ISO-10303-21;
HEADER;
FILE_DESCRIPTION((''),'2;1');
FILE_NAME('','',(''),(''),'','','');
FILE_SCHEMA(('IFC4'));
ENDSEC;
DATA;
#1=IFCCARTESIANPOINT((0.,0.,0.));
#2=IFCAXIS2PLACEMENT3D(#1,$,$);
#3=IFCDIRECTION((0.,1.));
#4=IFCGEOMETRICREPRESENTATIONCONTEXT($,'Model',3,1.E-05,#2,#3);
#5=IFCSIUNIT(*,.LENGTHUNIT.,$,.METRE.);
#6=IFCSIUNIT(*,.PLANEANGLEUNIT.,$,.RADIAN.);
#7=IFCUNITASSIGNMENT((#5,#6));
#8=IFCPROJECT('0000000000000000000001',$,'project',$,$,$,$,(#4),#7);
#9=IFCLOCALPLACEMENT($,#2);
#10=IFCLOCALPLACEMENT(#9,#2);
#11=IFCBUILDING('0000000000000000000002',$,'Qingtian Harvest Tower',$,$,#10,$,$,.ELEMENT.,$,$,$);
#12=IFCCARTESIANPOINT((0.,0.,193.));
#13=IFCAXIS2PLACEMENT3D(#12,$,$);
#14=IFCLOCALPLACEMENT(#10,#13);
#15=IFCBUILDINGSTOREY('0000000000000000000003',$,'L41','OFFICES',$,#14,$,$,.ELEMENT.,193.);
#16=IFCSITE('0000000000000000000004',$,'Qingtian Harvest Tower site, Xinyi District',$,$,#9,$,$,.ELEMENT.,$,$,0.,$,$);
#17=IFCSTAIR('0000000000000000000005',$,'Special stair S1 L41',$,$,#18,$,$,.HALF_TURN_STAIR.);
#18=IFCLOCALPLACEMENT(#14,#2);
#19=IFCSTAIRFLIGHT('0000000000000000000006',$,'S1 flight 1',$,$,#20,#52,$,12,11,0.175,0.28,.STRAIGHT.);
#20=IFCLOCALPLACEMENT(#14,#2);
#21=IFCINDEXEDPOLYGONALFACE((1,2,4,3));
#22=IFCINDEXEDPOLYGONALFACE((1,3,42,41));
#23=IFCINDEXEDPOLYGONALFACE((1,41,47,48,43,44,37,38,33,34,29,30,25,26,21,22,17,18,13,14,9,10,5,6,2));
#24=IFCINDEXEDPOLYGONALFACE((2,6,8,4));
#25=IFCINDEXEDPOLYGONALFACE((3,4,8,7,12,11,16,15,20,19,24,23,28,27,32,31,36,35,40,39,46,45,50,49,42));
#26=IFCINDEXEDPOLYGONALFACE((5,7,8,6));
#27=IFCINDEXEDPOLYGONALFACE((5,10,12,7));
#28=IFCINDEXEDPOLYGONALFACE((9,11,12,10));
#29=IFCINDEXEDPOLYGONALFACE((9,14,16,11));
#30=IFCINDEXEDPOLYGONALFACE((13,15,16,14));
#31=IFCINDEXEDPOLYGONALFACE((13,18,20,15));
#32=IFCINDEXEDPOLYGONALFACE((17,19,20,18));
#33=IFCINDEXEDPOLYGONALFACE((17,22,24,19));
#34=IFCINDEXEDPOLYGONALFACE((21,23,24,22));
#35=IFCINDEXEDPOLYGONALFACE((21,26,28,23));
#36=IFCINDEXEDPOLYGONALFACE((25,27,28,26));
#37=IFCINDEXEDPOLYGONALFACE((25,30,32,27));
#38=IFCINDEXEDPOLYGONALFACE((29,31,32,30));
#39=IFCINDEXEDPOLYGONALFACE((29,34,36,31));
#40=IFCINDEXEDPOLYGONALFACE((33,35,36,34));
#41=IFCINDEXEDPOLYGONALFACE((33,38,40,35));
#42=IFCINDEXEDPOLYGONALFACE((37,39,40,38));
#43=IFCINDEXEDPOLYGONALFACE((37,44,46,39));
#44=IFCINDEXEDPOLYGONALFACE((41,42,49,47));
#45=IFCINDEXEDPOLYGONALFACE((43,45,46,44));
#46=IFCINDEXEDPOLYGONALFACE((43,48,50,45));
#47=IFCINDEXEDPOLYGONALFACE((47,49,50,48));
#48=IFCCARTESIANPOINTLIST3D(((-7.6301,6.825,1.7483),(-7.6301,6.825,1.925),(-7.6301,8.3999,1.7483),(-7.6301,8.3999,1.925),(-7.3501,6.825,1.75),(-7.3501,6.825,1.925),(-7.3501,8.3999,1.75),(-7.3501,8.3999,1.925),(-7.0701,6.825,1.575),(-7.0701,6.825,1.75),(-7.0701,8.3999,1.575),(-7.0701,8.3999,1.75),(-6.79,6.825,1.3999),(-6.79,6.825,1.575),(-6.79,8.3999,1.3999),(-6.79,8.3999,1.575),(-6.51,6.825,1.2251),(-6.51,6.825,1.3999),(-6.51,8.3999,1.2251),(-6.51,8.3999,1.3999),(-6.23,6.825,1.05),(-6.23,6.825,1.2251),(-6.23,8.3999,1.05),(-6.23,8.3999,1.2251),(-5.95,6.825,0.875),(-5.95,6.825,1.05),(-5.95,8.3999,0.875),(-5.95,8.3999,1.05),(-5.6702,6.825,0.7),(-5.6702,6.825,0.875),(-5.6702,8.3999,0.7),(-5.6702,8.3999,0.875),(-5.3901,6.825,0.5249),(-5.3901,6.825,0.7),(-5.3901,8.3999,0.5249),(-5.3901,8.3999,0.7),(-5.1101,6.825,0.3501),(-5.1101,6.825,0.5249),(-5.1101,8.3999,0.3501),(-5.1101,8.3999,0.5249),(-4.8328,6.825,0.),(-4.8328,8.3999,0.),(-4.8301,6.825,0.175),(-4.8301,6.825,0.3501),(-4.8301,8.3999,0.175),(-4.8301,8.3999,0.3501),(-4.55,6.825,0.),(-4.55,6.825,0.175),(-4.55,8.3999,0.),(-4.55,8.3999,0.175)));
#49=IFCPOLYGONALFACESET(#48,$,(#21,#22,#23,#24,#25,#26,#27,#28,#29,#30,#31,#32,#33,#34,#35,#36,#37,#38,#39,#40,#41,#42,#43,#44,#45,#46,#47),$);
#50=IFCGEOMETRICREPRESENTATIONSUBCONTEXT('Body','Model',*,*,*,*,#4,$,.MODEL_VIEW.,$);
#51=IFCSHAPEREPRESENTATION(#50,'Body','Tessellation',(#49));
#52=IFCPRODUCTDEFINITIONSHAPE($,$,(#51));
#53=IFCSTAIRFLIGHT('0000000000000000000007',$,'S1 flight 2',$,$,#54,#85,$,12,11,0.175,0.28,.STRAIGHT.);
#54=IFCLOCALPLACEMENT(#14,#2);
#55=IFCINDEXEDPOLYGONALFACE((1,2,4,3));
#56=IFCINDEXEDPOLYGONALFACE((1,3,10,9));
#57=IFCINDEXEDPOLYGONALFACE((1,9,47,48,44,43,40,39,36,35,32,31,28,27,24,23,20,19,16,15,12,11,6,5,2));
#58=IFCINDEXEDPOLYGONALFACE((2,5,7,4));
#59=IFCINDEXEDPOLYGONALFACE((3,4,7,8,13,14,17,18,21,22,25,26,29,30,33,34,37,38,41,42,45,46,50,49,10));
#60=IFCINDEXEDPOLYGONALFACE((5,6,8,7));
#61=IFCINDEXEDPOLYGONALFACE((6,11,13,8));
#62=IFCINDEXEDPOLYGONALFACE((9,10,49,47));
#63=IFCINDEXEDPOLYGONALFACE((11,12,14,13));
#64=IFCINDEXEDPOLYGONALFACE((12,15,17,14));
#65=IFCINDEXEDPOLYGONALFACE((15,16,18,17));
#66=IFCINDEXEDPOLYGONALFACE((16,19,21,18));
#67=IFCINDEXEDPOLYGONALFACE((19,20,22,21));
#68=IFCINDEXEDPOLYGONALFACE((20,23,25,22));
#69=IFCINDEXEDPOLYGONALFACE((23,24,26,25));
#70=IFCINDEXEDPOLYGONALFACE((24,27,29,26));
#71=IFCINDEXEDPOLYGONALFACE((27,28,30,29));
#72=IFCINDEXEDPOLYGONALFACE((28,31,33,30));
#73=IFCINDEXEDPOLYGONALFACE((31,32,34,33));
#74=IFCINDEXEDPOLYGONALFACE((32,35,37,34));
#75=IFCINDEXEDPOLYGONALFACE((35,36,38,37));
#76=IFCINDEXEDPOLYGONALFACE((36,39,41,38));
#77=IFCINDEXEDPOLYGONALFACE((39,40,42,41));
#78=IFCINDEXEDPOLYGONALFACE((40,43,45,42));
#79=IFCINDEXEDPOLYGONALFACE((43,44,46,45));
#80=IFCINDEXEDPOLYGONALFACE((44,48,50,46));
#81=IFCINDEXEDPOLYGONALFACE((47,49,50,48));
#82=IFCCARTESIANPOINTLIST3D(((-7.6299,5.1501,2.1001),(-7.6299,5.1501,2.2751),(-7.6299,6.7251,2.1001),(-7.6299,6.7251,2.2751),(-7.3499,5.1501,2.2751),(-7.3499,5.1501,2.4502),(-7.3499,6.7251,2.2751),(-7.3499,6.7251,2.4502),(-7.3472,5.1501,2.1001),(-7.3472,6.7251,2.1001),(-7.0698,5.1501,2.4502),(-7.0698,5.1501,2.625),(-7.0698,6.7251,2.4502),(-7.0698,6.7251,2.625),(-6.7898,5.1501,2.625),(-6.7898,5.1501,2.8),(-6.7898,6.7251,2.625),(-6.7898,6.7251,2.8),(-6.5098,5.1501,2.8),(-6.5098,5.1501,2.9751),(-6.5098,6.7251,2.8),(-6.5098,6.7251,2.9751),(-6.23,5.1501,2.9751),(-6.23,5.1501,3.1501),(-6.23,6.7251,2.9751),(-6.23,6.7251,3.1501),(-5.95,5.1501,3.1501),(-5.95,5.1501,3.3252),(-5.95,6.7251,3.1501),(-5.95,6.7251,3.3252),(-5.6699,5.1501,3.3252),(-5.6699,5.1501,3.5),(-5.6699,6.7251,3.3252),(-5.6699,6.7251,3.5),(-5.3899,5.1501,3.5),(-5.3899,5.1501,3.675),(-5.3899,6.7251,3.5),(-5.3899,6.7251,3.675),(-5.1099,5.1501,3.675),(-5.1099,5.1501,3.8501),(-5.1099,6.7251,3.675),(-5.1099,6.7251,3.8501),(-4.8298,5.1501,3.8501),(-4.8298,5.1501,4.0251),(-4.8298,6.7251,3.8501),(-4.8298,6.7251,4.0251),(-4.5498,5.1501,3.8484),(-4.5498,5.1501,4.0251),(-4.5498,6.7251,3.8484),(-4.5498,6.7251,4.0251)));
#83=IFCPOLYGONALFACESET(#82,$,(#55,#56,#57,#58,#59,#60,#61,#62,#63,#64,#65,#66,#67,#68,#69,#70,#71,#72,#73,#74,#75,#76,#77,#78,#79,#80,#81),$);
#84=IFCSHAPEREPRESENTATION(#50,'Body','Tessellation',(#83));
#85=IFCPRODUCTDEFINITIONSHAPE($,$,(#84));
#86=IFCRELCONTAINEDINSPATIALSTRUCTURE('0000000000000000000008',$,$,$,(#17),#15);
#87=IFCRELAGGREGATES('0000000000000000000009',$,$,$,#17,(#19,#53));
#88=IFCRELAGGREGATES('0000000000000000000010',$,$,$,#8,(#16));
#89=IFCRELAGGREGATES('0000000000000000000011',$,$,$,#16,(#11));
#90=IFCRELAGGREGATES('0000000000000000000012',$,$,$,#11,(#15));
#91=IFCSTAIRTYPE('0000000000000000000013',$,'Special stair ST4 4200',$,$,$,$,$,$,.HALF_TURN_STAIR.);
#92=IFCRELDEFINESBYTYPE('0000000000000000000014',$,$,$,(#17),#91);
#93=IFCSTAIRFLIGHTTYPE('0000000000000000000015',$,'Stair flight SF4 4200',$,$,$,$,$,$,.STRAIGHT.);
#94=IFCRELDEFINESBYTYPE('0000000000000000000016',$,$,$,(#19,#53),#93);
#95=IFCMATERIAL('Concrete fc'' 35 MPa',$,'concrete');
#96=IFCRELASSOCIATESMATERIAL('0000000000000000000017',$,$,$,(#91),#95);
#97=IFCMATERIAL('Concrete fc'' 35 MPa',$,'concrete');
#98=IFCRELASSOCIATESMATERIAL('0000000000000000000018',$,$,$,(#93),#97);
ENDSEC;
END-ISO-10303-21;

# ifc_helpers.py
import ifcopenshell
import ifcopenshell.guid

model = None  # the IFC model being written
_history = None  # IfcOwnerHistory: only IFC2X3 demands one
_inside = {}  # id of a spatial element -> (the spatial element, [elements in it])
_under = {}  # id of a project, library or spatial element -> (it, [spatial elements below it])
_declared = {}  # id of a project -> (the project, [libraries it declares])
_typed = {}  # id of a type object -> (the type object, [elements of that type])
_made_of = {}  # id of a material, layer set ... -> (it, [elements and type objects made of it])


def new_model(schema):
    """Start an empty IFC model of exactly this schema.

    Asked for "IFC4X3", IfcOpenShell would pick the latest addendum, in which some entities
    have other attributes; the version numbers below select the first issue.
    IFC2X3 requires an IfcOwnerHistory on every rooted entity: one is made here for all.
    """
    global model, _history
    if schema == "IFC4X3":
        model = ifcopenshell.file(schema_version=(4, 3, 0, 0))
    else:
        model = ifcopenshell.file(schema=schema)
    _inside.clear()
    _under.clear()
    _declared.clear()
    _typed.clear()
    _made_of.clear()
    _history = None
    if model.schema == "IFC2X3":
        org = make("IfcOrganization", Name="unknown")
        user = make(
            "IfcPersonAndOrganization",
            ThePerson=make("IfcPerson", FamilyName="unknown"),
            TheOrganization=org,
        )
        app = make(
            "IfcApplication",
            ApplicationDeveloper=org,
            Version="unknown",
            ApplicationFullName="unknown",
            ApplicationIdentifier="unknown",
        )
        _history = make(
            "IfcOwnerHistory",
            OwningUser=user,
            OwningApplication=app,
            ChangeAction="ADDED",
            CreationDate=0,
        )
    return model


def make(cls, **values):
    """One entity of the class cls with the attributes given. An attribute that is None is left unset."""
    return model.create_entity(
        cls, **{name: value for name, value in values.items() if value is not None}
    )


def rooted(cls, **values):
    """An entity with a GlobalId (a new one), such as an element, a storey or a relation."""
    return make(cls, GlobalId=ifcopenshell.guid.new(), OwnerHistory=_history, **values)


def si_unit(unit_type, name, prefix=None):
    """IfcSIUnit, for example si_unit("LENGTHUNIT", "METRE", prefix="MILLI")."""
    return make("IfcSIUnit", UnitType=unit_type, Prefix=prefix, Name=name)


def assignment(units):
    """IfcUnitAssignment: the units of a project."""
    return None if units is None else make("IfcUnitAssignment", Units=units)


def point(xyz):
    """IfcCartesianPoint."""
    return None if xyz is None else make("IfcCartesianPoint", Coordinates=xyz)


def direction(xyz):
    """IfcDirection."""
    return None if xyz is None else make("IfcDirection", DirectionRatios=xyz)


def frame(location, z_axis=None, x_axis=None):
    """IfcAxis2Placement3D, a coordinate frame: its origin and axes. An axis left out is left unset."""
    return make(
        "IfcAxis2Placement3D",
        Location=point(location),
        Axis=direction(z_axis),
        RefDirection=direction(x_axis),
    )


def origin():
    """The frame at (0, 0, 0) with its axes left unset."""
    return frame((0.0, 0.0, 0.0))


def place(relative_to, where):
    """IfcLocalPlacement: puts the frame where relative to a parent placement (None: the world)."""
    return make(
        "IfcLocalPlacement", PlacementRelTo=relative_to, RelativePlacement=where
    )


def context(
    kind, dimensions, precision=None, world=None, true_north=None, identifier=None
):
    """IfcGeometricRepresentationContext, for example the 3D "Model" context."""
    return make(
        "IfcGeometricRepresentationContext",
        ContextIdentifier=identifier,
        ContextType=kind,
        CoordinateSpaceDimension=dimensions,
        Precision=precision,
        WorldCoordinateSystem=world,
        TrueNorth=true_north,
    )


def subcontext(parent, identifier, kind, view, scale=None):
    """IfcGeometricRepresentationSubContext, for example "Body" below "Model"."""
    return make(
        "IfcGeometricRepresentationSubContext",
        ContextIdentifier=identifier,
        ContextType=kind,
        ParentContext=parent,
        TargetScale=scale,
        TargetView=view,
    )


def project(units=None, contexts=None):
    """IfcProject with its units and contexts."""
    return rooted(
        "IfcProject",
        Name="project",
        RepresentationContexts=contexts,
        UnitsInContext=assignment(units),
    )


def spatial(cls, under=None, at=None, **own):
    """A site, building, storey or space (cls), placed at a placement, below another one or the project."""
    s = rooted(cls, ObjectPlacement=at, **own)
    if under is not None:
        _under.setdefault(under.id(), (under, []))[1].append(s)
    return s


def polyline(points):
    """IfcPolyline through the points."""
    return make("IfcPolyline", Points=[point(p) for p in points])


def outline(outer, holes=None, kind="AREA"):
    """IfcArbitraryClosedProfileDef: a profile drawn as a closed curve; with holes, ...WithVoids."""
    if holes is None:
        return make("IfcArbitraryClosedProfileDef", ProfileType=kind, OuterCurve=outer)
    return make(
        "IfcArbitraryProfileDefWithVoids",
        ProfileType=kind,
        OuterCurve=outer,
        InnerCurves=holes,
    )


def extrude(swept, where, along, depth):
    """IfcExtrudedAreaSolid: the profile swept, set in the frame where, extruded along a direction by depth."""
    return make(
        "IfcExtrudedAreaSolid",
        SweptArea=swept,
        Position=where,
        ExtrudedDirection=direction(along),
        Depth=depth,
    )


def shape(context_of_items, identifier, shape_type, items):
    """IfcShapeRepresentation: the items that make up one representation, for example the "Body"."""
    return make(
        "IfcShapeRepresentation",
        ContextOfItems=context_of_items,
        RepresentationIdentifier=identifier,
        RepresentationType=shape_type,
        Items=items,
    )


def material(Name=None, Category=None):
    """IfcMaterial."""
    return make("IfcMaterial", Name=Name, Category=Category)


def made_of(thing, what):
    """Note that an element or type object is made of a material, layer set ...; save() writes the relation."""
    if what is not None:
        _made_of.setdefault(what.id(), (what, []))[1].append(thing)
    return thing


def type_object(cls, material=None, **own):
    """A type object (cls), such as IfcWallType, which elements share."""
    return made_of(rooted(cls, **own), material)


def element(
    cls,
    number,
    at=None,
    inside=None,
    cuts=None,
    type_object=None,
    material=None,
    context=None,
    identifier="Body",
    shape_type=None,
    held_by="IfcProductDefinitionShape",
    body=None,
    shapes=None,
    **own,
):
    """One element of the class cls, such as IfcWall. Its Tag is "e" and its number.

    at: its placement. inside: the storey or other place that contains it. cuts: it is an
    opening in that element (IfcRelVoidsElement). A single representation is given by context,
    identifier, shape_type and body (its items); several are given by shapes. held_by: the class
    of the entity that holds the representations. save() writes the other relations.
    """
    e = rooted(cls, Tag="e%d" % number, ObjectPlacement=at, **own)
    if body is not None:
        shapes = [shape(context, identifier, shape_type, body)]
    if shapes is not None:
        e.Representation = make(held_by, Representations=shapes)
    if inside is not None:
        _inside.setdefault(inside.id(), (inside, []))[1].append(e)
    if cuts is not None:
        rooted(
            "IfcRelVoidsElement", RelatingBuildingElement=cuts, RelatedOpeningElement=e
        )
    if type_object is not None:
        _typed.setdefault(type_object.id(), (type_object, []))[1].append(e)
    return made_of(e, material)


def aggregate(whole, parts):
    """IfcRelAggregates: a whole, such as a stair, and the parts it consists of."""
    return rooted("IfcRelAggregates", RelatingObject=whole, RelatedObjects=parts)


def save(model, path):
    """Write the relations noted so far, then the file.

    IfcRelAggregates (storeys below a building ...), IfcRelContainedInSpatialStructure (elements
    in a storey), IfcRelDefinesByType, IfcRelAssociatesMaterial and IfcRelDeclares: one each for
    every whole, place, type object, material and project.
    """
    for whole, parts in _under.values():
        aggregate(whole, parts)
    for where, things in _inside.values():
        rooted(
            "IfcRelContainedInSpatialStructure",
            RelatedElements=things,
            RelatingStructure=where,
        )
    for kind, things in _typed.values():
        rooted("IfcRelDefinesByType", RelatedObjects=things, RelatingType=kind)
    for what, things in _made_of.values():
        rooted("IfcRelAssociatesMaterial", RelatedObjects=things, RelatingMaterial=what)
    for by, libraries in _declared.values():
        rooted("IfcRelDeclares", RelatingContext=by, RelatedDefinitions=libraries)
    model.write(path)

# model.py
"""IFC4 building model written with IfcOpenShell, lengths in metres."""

from ifc_helpers import new_model, si_unit, direction, frame, origin, place, context, subcontext, project, spatial, polyline, outline, extrude, material, type_object, element, aggregate, save


model = new_model("IFC4")

# Units and contexts
model_context = context("Model", 3, precision=1e-05, world=origin(), true_north=direction((0.0, 1.0)))
body_context = subcontext(model_context, "Body", "Model", "MODEL_VIEW")
ifc_project = project(units=[si_unit("LENGTHUNIT", "METRE"), si_unit("PLANEANGLEUNIT", "RADIAN")], contexts=[model_context])

# Site, building, storey
site_placement = place(None, origin())
site = spatial("IfcSite", under=ifc_project, at=site_placement, Name="Qingtian Harvest Tower site, Xinyi District", CompositionType="ELEMENT", RefElevation=0.0)
building_placement = place(site_placement, origin())
building = spatial("IfcBuilding", under=site, at=building_placement, Name="Qingtian Harvest Tower", CompositionType="ELEMENT")
storey_placement = place(building_placement, frame((0.0, 0.0, 193.0)))
storey = spatial("IfcBuildingStorey", under=building, at=storey_placement, Name="L41", Description="OFFICES", CompositionType="ELEMENT", Elevation=193.0)

# Stair, stair flights
ifc_material_1 = material(Name="Concrete fc' 35 MPa", Category="concrete")
stair_type = type_object("IfcStairType", Name="Special stair ST4 4200", PredefinedType="HALF_TURN_STAIR", material=ifc_material_1)
stair_placement = place(storey_placement, origin())
stair = element("IfcStair", 1, at=stair_placement, inside=storey, type_object=stair_type, Name="Special stair S1 L41", PredefinedType="HALF_TURN_STAIR")
ifc_material_2 = material(Name="Concrete fc' 35 MPa", Category="concrete")
stair_flight_type = type_object("IfcStairFlightType", Name="Stair flight SF4 4200", PredefinedType="STRAIGHT", material=ifc_material_2)
stair_flight_1_placement = place(storey_placement, frame((-4.55, 7.6125, 0.0), z_axis=(0.0, 0.0, 1.0), x_axis=(-1.0, 0.0, 0.0)))
stair_flight_1 = element("IfcStairFlight", 2, at=stair_flight_1_placement, type_object=stair_flight_type, Name="S1 flight 1", NumberOfRisers=12, NumberOfTreads=11, PredefinedType="STRAIGHT", RiserHeight=0.175, TreadLength=0.28, context=body_context, shape_type="SweptSolid", body=[
    extrude(outline(polyline([(0.0, 0.0), (0.0, 0.175), (0.28, 0.175), (0.28, 0.3501), (0.5601, 0.3501), (0.5601, 0.5249), (0.8401, 0.5249), (0.8401, 0.7), (1.1201, 0.7), (1.1201, 0.875), (1.3999, 0.875), (1.3999, 1.05), (1.6799, 1.05), (1.6799, 1.2251), (1.96, 1.2251), (1.96, 1.3999), (2.24, 1.3999), (2.24, 1.575), (2.52, 1.575), (2.52, 1.75), (2.8, 1.75), (2.8, 1.925), (3.0801, 1.925), (3.0801, 2.1001), (3.0801, 1.7483), (0.2827, 0.0), (0.0, 0.0)])), frame((0.0, 0.7876, 0.0), z_axis=(0.0, -1.0, 0.0), x_axis=(1.0, 0.0, 0.0)), (0.0, 0.0, 1.0), 1.575),
])
stair_flight_2_placement = place(storey_placement, frame((-7.6299, 5.9375, 2.1001), z_axis=(0.0, 0.0, 1.0), x_axis=(1.0, 0.0, 0.0)))
stair_flight_2 = element("IfcStairFlight", 3, at=stair_flight_2_placement, type_object=stair_flight_type, Name="S1 flight 2", NumberOfRisers=12, NumberOfTreads=11, PredefinedType="STRAIGHT", RiserHeight=0.175, TreadLength=0.28, context=body_context, shape_type="SweptSolid", body=[
    extrude(outline(polyline([(0.0, 0.0), (0.0, 0.175), (0.28, 0.175), (0.28, 0.3501), (0.5601, 0.3501), (0.5601, 0.5249), (0.8401, 0.5249), (0.8401, 0.7), (1.1201, 0.7), (1.1201, 0.875), (1.3999, 0.875), (1.3999, 1.05), (1.6799, 1.05), (1.6799, 1.2251), (1.96, 1.2251), (1.96, 1.3999), (2.24, 1.3999), (2.24, 1.575), (2.52, 1.575), (2.52, 1.75), (2.8, 1.75), (2.8, 1.925), (3.0801, 1.925), (3.0801, 2.1001), (3.0801, 1.7483), (0.2827, 0.0), (0.0, 0.0)])), frame((0.0, 0.7876, 0.0), z_axis=(0.0, -1.0, 0.0), x_axis=(1.0, 0.0, 0.0)), (0.0, 0.0, 1.0), 1.575),
])
aggregate(stair, [stair_flight_1, stair_flight_2])

save(model, "model.ifc")
